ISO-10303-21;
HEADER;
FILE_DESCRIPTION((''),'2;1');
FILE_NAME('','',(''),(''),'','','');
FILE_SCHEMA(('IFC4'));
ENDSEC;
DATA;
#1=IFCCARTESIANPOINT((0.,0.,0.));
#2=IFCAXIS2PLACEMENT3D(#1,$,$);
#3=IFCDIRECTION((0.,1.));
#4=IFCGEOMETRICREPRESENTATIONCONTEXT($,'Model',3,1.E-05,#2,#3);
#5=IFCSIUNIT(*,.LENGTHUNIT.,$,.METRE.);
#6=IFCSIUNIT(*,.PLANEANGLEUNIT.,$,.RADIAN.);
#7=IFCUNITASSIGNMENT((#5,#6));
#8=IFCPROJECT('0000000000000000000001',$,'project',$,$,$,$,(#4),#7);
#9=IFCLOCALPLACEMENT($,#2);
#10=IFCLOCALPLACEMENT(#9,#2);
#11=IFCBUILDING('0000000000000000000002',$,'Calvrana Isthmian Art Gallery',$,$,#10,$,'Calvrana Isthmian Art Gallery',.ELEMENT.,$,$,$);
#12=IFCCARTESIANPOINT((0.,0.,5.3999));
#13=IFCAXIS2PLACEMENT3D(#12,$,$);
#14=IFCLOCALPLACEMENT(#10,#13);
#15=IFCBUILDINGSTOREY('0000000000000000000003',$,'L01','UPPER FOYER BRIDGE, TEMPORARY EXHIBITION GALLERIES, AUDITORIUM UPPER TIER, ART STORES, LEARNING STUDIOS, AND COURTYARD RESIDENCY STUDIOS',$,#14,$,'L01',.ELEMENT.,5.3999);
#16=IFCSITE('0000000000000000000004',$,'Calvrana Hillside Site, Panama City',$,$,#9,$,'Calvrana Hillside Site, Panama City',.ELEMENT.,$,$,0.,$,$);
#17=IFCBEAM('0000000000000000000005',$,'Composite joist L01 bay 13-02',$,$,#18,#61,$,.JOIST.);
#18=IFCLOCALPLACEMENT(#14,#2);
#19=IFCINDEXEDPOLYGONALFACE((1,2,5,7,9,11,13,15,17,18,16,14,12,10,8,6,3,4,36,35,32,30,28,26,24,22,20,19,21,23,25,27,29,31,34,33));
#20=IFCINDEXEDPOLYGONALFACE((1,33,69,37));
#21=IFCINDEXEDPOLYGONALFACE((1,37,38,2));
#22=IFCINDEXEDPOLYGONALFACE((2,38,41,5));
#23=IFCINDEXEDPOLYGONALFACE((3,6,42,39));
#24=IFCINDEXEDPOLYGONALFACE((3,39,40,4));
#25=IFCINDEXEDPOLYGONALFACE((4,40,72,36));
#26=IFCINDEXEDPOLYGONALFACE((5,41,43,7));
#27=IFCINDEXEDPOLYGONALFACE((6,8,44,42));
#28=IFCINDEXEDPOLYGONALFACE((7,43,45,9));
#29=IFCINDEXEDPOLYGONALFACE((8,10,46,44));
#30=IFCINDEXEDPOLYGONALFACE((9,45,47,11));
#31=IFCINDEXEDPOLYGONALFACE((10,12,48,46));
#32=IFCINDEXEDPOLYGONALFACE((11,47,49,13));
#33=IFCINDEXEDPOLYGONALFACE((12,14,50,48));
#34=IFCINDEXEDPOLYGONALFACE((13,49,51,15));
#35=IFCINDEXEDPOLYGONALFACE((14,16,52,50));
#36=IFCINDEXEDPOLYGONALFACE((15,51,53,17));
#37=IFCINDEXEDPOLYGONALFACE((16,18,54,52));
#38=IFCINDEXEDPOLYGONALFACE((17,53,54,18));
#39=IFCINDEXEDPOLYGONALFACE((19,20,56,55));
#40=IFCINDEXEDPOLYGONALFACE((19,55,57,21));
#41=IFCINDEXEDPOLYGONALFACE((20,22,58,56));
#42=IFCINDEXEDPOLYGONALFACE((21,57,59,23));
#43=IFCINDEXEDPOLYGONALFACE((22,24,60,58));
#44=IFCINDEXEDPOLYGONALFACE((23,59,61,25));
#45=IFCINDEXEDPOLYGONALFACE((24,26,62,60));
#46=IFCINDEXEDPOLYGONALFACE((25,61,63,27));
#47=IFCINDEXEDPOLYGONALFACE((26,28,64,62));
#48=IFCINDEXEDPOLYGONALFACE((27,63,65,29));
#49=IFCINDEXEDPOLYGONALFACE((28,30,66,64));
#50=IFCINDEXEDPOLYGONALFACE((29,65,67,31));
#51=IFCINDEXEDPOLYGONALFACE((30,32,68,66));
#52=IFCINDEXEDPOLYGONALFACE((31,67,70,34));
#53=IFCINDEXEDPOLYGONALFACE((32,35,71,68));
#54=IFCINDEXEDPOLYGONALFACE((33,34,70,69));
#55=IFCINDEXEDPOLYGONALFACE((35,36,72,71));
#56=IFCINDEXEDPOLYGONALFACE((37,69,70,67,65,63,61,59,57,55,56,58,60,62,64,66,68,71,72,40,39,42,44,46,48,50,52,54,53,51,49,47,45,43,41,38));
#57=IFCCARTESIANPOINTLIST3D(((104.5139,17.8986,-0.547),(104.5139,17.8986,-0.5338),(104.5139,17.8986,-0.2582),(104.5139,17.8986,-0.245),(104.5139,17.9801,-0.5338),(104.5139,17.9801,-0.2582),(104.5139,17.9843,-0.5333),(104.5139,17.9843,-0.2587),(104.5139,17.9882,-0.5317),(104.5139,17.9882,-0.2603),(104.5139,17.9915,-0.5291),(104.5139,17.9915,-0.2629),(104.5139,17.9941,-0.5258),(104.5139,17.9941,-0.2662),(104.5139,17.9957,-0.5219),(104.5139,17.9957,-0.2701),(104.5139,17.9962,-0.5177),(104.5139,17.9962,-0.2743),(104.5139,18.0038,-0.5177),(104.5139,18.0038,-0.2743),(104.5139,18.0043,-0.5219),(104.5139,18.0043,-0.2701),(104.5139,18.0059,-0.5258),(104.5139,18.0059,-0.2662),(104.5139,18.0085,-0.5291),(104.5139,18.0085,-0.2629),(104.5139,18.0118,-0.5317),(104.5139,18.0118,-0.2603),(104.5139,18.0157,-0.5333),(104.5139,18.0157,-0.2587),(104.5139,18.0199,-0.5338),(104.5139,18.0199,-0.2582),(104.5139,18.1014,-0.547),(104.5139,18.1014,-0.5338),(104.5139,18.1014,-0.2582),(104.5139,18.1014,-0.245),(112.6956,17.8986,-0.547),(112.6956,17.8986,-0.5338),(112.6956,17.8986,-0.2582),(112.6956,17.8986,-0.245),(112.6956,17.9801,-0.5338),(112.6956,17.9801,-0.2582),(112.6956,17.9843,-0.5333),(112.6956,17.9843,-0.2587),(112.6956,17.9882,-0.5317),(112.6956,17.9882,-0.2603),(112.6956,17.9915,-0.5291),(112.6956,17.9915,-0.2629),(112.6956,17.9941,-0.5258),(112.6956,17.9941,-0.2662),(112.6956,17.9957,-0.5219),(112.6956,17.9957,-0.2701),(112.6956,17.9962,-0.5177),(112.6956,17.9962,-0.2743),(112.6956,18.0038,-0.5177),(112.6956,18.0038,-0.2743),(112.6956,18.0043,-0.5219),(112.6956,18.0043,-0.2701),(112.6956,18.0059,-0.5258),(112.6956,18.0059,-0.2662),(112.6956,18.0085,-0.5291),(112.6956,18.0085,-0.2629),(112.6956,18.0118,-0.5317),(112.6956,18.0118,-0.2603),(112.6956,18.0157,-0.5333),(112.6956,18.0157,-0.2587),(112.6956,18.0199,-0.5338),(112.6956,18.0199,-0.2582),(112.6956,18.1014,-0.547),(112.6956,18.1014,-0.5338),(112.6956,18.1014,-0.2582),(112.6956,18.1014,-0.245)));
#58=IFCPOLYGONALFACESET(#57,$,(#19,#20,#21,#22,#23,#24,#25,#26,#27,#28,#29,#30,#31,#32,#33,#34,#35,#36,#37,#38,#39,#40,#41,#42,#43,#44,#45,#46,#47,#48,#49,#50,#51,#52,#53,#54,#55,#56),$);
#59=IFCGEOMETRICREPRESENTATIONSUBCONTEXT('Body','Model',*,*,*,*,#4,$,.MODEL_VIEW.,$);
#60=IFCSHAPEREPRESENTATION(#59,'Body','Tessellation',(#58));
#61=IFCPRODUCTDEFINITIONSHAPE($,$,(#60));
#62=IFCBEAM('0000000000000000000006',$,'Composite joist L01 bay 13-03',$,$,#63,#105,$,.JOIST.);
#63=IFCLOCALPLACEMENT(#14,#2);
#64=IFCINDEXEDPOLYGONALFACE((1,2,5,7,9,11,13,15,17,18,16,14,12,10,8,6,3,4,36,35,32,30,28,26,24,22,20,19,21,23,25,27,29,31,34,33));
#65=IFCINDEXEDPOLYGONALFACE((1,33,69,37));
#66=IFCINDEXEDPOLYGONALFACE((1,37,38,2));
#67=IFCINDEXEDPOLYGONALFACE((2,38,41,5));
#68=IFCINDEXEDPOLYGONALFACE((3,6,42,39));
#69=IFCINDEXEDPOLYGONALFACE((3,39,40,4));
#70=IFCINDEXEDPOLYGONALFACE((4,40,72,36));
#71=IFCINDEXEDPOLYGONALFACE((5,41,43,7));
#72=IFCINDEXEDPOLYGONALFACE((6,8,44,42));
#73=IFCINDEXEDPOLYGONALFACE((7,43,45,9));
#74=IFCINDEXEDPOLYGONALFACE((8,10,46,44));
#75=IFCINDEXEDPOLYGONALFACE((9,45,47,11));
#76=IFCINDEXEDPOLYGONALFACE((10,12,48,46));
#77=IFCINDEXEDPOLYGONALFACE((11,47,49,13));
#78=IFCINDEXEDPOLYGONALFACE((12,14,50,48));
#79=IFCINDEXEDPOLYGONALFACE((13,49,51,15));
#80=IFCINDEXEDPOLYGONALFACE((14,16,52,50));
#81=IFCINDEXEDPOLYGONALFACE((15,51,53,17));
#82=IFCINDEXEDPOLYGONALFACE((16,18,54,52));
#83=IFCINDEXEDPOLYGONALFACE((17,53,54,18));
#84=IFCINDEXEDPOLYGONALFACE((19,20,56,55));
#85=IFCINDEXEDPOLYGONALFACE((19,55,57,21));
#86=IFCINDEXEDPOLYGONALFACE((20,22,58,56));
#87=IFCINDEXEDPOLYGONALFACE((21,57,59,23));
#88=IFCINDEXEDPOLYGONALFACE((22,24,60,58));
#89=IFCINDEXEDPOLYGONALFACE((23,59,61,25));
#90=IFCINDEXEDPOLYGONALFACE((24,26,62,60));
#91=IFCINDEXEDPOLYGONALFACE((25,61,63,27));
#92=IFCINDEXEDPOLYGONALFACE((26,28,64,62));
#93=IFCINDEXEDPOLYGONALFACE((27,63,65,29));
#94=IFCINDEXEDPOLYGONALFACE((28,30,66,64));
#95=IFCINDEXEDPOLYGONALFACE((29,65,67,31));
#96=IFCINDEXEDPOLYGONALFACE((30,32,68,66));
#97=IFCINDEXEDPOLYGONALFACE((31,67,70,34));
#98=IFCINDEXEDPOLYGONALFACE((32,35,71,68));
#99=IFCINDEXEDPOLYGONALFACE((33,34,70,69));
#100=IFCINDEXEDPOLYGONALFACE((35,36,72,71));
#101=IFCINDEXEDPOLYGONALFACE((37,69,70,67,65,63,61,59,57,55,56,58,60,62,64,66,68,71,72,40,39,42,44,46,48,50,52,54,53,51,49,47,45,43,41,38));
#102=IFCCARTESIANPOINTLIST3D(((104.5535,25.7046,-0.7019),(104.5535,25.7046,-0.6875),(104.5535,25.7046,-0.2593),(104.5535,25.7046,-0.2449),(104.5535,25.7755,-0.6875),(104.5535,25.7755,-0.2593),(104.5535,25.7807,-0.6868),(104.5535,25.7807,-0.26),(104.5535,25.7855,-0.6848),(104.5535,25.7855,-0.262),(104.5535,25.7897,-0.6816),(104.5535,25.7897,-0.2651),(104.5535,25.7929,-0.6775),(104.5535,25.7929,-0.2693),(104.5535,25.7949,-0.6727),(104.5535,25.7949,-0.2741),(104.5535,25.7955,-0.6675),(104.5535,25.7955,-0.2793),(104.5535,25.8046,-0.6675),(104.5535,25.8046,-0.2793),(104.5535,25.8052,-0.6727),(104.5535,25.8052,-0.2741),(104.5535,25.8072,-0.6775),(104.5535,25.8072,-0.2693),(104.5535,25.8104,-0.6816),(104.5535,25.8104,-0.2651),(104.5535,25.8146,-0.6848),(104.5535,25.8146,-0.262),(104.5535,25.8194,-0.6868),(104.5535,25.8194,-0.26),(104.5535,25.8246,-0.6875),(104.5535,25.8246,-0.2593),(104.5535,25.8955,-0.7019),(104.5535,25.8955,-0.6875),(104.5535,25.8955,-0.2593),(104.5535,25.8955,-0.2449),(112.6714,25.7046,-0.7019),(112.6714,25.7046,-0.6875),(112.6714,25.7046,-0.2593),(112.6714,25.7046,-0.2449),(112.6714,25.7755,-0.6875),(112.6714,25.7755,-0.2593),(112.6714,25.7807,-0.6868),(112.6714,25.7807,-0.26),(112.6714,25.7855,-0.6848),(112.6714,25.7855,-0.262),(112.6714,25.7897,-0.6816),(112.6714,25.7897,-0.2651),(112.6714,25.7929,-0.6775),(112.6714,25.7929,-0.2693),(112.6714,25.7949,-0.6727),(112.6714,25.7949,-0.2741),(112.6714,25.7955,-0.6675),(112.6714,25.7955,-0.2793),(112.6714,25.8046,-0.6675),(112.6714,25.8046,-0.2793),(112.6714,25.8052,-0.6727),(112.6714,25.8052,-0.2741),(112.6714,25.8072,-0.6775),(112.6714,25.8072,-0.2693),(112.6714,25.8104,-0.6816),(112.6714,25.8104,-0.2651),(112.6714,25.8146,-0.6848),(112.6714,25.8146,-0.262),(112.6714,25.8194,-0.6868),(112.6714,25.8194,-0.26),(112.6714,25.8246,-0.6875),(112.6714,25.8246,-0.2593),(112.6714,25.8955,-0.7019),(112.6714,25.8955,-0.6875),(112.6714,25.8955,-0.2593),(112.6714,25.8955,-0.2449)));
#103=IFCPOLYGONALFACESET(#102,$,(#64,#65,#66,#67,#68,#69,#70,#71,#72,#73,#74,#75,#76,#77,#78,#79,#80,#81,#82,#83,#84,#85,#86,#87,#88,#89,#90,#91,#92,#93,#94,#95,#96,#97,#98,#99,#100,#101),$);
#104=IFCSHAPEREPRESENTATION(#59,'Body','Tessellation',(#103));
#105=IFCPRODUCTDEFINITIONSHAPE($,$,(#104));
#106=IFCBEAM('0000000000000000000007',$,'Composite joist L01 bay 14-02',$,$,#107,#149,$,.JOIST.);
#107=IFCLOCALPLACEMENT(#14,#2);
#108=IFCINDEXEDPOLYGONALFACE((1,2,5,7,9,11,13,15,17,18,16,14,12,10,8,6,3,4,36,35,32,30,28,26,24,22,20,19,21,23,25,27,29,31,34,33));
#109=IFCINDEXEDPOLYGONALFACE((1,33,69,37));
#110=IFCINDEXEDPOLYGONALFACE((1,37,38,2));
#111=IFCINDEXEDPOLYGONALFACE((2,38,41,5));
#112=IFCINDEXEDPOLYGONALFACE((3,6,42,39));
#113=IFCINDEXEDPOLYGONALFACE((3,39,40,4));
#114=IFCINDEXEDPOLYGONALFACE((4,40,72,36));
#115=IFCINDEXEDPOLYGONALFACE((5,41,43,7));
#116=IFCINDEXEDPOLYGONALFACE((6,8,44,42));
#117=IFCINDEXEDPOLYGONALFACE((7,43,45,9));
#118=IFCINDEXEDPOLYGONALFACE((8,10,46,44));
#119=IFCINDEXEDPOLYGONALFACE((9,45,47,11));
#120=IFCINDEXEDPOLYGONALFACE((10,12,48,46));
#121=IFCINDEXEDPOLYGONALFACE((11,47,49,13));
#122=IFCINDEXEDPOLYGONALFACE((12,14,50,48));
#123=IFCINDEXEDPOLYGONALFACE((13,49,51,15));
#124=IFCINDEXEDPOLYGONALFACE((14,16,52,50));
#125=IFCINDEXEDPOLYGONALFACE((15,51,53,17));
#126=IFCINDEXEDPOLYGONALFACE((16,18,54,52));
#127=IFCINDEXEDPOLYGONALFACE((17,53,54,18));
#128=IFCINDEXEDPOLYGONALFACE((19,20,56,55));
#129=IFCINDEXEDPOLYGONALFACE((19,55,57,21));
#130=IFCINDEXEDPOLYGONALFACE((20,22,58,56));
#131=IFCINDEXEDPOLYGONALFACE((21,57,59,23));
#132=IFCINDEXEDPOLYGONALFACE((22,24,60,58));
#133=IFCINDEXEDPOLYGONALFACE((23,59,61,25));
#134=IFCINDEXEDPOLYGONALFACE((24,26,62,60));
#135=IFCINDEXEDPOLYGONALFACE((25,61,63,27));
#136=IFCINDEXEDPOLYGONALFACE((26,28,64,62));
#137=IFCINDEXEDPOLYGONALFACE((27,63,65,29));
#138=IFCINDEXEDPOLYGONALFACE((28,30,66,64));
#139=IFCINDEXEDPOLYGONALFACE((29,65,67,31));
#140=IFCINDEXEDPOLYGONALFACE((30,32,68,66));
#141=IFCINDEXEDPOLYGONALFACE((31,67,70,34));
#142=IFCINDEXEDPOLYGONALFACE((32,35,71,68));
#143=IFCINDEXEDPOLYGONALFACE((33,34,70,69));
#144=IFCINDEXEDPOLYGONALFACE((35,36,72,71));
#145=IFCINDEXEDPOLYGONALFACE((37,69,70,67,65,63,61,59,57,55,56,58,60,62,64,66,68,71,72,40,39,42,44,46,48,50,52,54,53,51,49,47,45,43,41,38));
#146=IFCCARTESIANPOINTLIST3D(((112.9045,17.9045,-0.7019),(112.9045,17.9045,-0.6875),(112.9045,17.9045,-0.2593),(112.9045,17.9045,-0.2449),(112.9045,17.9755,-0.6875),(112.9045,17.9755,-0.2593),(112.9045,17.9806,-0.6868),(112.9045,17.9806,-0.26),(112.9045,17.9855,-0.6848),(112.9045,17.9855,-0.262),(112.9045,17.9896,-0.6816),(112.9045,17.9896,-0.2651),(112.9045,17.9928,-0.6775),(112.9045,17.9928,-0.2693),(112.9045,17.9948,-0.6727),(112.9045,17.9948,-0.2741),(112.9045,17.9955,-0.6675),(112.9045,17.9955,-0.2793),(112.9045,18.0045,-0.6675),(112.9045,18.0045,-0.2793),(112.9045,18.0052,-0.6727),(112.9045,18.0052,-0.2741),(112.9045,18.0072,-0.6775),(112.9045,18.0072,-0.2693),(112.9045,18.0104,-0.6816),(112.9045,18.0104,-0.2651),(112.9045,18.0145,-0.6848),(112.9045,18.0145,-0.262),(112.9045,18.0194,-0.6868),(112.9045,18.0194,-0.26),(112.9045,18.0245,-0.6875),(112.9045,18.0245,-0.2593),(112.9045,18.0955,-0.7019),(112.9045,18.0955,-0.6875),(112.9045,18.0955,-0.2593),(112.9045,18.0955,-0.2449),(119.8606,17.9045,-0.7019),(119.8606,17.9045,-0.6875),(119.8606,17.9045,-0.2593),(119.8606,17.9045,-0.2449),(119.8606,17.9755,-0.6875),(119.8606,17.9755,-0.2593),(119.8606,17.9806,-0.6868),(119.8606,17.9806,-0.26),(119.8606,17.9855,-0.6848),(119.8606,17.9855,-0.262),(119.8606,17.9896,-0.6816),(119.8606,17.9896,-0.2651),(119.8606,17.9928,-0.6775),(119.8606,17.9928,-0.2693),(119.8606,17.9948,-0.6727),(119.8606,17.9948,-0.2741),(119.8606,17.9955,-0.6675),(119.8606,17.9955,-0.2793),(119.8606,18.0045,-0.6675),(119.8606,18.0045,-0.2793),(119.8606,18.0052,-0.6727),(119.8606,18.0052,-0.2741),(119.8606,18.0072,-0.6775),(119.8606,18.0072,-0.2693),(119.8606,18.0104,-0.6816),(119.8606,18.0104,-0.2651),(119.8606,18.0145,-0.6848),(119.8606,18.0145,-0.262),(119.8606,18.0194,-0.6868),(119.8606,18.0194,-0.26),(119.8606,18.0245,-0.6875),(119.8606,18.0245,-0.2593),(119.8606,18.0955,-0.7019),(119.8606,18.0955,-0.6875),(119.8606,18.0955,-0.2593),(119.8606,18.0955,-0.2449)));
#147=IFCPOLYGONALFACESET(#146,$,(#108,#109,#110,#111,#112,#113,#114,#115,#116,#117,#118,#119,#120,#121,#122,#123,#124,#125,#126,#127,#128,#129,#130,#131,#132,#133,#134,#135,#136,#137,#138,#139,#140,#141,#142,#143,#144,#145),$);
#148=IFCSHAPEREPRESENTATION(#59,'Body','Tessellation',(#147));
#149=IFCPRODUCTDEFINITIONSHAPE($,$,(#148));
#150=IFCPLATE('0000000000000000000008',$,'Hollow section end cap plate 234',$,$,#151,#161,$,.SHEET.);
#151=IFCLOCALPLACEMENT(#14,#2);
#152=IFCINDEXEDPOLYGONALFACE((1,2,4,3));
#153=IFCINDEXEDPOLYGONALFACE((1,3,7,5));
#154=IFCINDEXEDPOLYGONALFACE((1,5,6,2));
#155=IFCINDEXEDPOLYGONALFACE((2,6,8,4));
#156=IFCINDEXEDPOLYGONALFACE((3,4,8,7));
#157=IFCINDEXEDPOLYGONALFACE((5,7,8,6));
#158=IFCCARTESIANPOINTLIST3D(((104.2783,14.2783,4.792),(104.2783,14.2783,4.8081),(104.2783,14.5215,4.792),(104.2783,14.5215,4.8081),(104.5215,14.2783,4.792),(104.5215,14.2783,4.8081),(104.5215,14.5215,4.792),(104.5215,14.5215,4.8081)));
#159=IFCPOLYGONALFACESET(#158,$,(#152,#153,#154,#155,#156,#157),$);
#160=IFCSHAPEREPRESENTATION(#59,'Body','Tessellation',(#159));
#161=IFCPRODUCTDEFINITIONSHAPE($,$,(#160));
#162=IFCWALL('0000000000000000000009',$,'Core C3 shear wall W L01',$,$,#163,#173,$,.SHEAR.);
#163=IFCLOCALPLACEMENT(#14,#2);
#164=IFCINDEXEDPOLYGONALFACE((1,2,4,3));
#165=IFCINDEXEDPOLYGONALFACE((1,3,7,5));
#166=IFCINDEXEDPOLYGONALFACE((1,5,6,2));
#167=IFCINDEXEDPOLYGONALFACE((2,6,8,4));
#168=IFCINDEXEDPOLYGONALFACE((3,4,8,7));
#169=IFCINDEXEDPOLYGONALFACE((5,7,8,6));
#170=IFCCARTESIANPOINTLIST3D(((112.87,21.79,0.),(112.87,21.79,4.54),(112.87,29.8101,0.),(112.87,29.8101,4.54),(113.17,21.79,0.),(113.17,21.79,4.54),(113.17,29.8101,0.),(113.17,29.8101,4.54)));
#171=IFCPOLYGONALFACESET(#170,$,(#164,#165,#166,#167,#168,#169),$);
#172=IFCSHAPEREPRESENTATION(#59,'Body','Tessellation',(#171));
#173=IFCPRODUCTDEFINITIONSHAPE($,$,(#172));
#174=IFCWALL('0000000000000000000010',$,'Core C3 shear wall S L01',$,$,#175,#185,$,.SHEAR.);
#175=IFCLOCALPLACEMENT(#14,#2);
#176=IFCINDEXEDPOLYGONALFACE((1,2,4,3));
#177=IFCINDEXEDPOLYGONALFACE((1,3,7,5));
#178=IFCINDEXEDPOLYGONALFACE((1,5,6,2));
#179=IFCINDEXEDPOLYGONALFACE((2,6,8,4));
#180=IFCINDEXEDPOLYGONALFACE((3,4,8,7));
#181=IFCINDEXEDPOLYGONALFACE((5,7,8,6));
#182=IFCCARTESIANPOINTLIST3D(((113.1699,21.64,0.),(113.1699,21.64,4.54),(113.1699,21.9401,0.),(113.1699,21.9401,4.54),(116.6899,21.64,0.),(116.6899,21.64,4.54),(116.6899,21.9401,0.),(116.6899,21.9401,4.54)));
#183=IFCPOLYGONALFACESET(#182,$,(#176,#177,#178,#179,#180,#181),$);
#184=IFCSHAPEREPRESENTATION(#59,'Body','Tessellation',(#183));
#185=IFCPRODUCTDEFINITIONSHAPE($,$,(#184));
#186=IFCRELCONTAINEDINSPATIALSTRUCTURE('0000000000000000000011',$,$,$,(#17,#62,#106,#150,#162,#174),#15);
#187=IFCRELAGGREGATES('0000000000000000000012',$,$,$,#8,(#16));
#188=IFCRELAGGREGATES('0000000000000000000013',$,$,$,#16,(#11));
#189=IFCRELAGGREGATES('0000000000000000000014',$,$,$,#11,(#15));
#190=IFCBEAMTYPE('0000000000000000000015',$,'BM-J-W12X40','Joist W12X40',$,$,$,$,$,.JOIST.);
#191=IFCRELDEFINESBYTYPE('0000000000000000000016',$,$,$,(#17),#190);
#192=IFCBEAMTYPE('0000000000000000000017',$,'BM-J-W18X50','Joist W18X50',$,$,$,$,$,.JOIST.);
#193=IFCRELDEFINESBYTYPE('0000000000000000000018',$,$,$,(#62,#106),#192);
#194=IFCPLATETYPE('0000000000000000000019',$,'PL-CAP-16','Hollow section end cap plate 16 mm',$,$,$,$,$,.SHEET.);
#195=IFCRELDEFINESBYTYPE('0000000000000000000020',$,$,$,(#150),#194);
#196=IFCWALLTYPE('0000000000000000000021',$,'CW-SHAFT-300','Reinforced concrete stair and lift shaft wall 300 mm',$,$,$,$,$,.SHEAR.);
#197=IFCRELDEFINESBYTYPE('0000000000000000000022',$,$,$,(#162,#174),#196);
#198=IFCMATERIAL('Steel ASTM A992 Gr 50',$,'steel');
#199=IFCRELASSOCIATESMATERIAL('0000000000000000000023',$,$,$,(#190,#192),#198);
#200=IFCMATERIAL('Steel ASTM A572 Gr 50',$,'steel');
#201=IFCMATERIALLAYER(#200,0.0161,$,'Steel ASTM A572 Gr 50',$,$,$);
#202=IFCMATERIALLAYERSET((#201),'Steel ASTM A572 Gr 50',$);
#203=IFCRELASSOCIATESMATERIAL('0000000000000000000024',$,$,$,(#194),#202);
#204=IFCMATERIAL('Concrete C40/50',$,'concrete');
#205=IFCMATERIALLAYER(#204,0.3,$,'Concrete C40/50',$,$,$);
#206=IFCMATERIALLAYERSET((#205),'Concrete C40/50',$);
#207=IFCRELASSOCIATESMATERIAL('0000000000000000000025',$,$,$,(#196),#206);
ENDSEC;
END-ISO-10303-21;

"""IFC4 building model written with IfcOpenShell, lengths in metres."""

from ifc_helpers import new_model, si_unit, direction, frame, frame_2d, origin, origin_2d, place, context, subcontext, project, spatial, rectangle, i_section, extrude, material, layer, layer_set, material_profile, profile_set, type_object, element, save


model = new_model("IFC4")

# Units and contexts
model_context = context("Model", 3, precision=1e-05, world=origin(), true_north=direction((0.0, 1.0)))
body_context = subcontext(model_context, "Body", "Model", "MODEL_VIEW")
ifc_project = project(units=[si_unit("LENGTHUNIT", "METRE"), si_unit("PLANEANGLEUNIT", "RADIAN")], contexts=[model_context])

# Site, building, storey
site_placement = place(None, origin())
site = spatial("IfcSite", under=ifc_project, at=site_placement, Name="Calvrana Hillside Site, Panama City", LongName="Calvrana Hillside Site, Panama City", CompositionType="ELEMENT", RefElevation=0.0)
building_placement = place(site_placement, origin())
building = spatial("IfcBuilding", under=site, at=building_placement, Name="Calvrana Isthmian Art Gallery", LongName="Calvrana Isthmian Art Gallery", CompositionType="ELEMENT")
storey_placement = place(building_placement, frame((0.0, 0.0, 5.3999)))
storey = spatial("IfcBuildingStorey", under=building, at=storey_placement, Name="L01", Description="UPPER FOYER BRIDGE, TEMPORARY EXHIBITION GALLERIES, AUDITORIUM UPPER TIER, ART STORES, LEARNING STUDIOS, AND COURTYARD RESIDENCY STUDIOS", LongName="L01", CompositionType="ELEMENT", Elevation=5.3999)

# Shared definitions
ifc_material_1 = material(Name="Steel ASTM A992 Gr 50", Category="steel")

# Beams
ifc_material_profile_1 = material_profile(ifc_material_1, i_section(OverallWidth=0.2029, OverallDepth=0.302, WebThickness=0.0076, FlangeThickness=0.0132, FilletRadius=0.0161, at=origin_2d()), Name="W12X40")
ifc_profile_set_1 = profile_set([ifc_material_profile_1], Name="Steel ASTM A992 Gr 50")
beam_type_1 = type_object("IfcBeamType", Name="BM-J-W12X40", Description="Joist W12X40", PredefinedType="JOIST", material=ifc_profile_set_1)
beam_1_placement = place(storey_placement, frame((104.5139, 18.0, -0.396), z_axis=(1.0, 0.0, 0.0), x_axis=(0.0, 1.0, 0.0)))
element("IfcBeam", 1, at=beam_1_placement, inside=storey, type_object=beam_type_1, Name="Composite joist L01 bay 13-02", PredefinedType="JOIST", context=body_context, shape_type="SweptSolid", body=[
    extrude(i_section(OverallWidth=0.2029, OverallDepth=0.302, WebThickness=0.0076, FlangeThickness=0.0132, FilletRadius=0.0161, at=origin_2d()), origin(), (0.0, 0.0, 1.0), 8.1816),
])
ifc_material_profile_2 = material_profile(ifc_material_1, i_section(OverallWidth=0.1909, OverallDepth=0.457, WebThickness=0.009, FlangeThickness=0.0144, FilletRadius=0.02, at=origin_2d()), Name="W18X50")
ifc_profile_set_2 = profile_set([ifc_material_profile_2], Name="Steel ASTM A992 Gr 50")
beam_type_2 = type_object("IfcBeamType", Name="BM-J-W18X50", Description="Joist W18X50", PredefinedType="JOIST", material=ifc_profile_set_2)
beam_2_placement = place(storey_placement, frame((104.5535, 25.8, -0.4734), z_axis=(1.0, 0.0, 0.0), x_axis=(0.0, 1.0, 0.0)))
element("IfcBeam", 2, at=beam_2_placement, inside=storey, type_object=beam_type_2, Name="Composite joist L01 bay 13-03", PredefinedType="JOIST", context=body_context, shape_type="SweptSolid", body=[
    extrude(i_section(OverallWidth=0.1909, OverallDepth=0.457, WebThickness=0.009, FlangeThickness=0.0144, FilletRadius=0.02, at=origin_2d()), origin(), (0.0, 0.0, 1.0), 8.1179),
])
beam_3_placement = place(storey_placement, frame((112.9045, 18.0, -0.4734), z_axis=(1.0, 0.0, 0.0), x_axis=(0.0, 1.0, 0.0)))
element("IfcBeam", 3, at=beam_3_placement, inside=storey, type_object=beam_type_2, Name="Composite joist L01 bay 14-02", PredefinedType="JOIST", context=body_context, shape_type="SweptSolid", body=[
    extrude(i_section(OverallWidth=0.1909, OverallDepth=0.457, WebThickness=0.009, FlangeThickness=0.0144, FilletRadius=0.02, at=origin_2d()), origin(), (0.0, 0.0, 1.0), 6.9561),
])

# Plate
ifc_material_2 = material(Name="Steel ASTM A572 Gr 50", Category="steel")
ifc_layer_1 = layer(ifc_material_2, 0.0161, Name="Steel ASTM A572 Gr 50")
ifc_layer_set_1 = layer_set([ifc_layer_1], Name="Steel ASTM A572 Gr 50")
plate_type = type_object("IfcPlateType", Name="PL-CAP-16", Description="Hollow section end cap plate 16 mm", PredefinedType="SHEET", material=ifc_layer_set_1)
plate_placement = place(storey_placement, frame((104.3999, 14.3999, 4.792), z_axis=(0.0, 0.0, 1.0), x_axis=(1.0, 0.0, 0.0)))
element("IfcPlate", 4, at=plate_placement, inside=storey, type_object=plate_type, Name="Hollow section end cap plate 234", PredefinedType="SHEET", context=body_context, shape_type="SweptSolid", body=[
    extrude(rectangle(XDim=0.2432, YDim=0.2432, at=origin_2d()), origin(), (0.0, 0.0, 1.0), 0.0161),
])

# Walls
ifc_material_3 = material(Name="Concrete C40/50", Category="concrete")
ifc_layer_2 = layer(ifc_material_3, 0.3, Name="Concrete C40/50")
ifc_layer_set_2 = layer_set([ifc_layer_2], Name="Concrete C40/50")
wall_type_1 = type_object("IfcWallType", Name="CW-SHAFT-300", Description="Reinforced concrete stair and lift shaft wall 300 mm", PredefinedType="SHEAR", material=ifc_layer_set_2)
wall_1_placement = place(storey_placement, frame((113.02, 21.79, 0.0), z_axis=(0.0, 0.0, 1.0), x_axis=(0.0, 1.0, 0.0)))
element("IfcWall", 5, at=wall_1_placement, inside=storey, type_object=wall_type_1, Name="Core C3 shear wall W L01", PredefinedType="SHEAR", context=body_context, shape_type="SweptSolid", body=[
    extrude(rectangle(XDim=8.02, YDim=0.3, at=frame_2d((4.01, 0.0))), origin(), (0.0, 0.0, 1.0), 4.54),
])
for number, where, z_axis, x_axis, name in (
    (6, (113.1699, 21.79, 0.0), (0.0, 0.0, 1.0), (1.0, 0.0, 0.0), "Core C3 shear wall S L01"),
):
    element("IfcWall", number, at=place(storey_placement, frame(where, z_axis=z_axis, x_axis=x_axis)), inside=storey, type_object=wall_type_1, Name=name, PredefinedType="SHEAR", context=body_context, shape_type="SweptSolid", body=[
        extrude(rectangle(XDim=3.52, YDim=0.3, at=frame_2d((1.76, 0.0))), origin(), (0.0, 0.0, 1.0), 4.54),
    ])

save(model, "model.ifc")
